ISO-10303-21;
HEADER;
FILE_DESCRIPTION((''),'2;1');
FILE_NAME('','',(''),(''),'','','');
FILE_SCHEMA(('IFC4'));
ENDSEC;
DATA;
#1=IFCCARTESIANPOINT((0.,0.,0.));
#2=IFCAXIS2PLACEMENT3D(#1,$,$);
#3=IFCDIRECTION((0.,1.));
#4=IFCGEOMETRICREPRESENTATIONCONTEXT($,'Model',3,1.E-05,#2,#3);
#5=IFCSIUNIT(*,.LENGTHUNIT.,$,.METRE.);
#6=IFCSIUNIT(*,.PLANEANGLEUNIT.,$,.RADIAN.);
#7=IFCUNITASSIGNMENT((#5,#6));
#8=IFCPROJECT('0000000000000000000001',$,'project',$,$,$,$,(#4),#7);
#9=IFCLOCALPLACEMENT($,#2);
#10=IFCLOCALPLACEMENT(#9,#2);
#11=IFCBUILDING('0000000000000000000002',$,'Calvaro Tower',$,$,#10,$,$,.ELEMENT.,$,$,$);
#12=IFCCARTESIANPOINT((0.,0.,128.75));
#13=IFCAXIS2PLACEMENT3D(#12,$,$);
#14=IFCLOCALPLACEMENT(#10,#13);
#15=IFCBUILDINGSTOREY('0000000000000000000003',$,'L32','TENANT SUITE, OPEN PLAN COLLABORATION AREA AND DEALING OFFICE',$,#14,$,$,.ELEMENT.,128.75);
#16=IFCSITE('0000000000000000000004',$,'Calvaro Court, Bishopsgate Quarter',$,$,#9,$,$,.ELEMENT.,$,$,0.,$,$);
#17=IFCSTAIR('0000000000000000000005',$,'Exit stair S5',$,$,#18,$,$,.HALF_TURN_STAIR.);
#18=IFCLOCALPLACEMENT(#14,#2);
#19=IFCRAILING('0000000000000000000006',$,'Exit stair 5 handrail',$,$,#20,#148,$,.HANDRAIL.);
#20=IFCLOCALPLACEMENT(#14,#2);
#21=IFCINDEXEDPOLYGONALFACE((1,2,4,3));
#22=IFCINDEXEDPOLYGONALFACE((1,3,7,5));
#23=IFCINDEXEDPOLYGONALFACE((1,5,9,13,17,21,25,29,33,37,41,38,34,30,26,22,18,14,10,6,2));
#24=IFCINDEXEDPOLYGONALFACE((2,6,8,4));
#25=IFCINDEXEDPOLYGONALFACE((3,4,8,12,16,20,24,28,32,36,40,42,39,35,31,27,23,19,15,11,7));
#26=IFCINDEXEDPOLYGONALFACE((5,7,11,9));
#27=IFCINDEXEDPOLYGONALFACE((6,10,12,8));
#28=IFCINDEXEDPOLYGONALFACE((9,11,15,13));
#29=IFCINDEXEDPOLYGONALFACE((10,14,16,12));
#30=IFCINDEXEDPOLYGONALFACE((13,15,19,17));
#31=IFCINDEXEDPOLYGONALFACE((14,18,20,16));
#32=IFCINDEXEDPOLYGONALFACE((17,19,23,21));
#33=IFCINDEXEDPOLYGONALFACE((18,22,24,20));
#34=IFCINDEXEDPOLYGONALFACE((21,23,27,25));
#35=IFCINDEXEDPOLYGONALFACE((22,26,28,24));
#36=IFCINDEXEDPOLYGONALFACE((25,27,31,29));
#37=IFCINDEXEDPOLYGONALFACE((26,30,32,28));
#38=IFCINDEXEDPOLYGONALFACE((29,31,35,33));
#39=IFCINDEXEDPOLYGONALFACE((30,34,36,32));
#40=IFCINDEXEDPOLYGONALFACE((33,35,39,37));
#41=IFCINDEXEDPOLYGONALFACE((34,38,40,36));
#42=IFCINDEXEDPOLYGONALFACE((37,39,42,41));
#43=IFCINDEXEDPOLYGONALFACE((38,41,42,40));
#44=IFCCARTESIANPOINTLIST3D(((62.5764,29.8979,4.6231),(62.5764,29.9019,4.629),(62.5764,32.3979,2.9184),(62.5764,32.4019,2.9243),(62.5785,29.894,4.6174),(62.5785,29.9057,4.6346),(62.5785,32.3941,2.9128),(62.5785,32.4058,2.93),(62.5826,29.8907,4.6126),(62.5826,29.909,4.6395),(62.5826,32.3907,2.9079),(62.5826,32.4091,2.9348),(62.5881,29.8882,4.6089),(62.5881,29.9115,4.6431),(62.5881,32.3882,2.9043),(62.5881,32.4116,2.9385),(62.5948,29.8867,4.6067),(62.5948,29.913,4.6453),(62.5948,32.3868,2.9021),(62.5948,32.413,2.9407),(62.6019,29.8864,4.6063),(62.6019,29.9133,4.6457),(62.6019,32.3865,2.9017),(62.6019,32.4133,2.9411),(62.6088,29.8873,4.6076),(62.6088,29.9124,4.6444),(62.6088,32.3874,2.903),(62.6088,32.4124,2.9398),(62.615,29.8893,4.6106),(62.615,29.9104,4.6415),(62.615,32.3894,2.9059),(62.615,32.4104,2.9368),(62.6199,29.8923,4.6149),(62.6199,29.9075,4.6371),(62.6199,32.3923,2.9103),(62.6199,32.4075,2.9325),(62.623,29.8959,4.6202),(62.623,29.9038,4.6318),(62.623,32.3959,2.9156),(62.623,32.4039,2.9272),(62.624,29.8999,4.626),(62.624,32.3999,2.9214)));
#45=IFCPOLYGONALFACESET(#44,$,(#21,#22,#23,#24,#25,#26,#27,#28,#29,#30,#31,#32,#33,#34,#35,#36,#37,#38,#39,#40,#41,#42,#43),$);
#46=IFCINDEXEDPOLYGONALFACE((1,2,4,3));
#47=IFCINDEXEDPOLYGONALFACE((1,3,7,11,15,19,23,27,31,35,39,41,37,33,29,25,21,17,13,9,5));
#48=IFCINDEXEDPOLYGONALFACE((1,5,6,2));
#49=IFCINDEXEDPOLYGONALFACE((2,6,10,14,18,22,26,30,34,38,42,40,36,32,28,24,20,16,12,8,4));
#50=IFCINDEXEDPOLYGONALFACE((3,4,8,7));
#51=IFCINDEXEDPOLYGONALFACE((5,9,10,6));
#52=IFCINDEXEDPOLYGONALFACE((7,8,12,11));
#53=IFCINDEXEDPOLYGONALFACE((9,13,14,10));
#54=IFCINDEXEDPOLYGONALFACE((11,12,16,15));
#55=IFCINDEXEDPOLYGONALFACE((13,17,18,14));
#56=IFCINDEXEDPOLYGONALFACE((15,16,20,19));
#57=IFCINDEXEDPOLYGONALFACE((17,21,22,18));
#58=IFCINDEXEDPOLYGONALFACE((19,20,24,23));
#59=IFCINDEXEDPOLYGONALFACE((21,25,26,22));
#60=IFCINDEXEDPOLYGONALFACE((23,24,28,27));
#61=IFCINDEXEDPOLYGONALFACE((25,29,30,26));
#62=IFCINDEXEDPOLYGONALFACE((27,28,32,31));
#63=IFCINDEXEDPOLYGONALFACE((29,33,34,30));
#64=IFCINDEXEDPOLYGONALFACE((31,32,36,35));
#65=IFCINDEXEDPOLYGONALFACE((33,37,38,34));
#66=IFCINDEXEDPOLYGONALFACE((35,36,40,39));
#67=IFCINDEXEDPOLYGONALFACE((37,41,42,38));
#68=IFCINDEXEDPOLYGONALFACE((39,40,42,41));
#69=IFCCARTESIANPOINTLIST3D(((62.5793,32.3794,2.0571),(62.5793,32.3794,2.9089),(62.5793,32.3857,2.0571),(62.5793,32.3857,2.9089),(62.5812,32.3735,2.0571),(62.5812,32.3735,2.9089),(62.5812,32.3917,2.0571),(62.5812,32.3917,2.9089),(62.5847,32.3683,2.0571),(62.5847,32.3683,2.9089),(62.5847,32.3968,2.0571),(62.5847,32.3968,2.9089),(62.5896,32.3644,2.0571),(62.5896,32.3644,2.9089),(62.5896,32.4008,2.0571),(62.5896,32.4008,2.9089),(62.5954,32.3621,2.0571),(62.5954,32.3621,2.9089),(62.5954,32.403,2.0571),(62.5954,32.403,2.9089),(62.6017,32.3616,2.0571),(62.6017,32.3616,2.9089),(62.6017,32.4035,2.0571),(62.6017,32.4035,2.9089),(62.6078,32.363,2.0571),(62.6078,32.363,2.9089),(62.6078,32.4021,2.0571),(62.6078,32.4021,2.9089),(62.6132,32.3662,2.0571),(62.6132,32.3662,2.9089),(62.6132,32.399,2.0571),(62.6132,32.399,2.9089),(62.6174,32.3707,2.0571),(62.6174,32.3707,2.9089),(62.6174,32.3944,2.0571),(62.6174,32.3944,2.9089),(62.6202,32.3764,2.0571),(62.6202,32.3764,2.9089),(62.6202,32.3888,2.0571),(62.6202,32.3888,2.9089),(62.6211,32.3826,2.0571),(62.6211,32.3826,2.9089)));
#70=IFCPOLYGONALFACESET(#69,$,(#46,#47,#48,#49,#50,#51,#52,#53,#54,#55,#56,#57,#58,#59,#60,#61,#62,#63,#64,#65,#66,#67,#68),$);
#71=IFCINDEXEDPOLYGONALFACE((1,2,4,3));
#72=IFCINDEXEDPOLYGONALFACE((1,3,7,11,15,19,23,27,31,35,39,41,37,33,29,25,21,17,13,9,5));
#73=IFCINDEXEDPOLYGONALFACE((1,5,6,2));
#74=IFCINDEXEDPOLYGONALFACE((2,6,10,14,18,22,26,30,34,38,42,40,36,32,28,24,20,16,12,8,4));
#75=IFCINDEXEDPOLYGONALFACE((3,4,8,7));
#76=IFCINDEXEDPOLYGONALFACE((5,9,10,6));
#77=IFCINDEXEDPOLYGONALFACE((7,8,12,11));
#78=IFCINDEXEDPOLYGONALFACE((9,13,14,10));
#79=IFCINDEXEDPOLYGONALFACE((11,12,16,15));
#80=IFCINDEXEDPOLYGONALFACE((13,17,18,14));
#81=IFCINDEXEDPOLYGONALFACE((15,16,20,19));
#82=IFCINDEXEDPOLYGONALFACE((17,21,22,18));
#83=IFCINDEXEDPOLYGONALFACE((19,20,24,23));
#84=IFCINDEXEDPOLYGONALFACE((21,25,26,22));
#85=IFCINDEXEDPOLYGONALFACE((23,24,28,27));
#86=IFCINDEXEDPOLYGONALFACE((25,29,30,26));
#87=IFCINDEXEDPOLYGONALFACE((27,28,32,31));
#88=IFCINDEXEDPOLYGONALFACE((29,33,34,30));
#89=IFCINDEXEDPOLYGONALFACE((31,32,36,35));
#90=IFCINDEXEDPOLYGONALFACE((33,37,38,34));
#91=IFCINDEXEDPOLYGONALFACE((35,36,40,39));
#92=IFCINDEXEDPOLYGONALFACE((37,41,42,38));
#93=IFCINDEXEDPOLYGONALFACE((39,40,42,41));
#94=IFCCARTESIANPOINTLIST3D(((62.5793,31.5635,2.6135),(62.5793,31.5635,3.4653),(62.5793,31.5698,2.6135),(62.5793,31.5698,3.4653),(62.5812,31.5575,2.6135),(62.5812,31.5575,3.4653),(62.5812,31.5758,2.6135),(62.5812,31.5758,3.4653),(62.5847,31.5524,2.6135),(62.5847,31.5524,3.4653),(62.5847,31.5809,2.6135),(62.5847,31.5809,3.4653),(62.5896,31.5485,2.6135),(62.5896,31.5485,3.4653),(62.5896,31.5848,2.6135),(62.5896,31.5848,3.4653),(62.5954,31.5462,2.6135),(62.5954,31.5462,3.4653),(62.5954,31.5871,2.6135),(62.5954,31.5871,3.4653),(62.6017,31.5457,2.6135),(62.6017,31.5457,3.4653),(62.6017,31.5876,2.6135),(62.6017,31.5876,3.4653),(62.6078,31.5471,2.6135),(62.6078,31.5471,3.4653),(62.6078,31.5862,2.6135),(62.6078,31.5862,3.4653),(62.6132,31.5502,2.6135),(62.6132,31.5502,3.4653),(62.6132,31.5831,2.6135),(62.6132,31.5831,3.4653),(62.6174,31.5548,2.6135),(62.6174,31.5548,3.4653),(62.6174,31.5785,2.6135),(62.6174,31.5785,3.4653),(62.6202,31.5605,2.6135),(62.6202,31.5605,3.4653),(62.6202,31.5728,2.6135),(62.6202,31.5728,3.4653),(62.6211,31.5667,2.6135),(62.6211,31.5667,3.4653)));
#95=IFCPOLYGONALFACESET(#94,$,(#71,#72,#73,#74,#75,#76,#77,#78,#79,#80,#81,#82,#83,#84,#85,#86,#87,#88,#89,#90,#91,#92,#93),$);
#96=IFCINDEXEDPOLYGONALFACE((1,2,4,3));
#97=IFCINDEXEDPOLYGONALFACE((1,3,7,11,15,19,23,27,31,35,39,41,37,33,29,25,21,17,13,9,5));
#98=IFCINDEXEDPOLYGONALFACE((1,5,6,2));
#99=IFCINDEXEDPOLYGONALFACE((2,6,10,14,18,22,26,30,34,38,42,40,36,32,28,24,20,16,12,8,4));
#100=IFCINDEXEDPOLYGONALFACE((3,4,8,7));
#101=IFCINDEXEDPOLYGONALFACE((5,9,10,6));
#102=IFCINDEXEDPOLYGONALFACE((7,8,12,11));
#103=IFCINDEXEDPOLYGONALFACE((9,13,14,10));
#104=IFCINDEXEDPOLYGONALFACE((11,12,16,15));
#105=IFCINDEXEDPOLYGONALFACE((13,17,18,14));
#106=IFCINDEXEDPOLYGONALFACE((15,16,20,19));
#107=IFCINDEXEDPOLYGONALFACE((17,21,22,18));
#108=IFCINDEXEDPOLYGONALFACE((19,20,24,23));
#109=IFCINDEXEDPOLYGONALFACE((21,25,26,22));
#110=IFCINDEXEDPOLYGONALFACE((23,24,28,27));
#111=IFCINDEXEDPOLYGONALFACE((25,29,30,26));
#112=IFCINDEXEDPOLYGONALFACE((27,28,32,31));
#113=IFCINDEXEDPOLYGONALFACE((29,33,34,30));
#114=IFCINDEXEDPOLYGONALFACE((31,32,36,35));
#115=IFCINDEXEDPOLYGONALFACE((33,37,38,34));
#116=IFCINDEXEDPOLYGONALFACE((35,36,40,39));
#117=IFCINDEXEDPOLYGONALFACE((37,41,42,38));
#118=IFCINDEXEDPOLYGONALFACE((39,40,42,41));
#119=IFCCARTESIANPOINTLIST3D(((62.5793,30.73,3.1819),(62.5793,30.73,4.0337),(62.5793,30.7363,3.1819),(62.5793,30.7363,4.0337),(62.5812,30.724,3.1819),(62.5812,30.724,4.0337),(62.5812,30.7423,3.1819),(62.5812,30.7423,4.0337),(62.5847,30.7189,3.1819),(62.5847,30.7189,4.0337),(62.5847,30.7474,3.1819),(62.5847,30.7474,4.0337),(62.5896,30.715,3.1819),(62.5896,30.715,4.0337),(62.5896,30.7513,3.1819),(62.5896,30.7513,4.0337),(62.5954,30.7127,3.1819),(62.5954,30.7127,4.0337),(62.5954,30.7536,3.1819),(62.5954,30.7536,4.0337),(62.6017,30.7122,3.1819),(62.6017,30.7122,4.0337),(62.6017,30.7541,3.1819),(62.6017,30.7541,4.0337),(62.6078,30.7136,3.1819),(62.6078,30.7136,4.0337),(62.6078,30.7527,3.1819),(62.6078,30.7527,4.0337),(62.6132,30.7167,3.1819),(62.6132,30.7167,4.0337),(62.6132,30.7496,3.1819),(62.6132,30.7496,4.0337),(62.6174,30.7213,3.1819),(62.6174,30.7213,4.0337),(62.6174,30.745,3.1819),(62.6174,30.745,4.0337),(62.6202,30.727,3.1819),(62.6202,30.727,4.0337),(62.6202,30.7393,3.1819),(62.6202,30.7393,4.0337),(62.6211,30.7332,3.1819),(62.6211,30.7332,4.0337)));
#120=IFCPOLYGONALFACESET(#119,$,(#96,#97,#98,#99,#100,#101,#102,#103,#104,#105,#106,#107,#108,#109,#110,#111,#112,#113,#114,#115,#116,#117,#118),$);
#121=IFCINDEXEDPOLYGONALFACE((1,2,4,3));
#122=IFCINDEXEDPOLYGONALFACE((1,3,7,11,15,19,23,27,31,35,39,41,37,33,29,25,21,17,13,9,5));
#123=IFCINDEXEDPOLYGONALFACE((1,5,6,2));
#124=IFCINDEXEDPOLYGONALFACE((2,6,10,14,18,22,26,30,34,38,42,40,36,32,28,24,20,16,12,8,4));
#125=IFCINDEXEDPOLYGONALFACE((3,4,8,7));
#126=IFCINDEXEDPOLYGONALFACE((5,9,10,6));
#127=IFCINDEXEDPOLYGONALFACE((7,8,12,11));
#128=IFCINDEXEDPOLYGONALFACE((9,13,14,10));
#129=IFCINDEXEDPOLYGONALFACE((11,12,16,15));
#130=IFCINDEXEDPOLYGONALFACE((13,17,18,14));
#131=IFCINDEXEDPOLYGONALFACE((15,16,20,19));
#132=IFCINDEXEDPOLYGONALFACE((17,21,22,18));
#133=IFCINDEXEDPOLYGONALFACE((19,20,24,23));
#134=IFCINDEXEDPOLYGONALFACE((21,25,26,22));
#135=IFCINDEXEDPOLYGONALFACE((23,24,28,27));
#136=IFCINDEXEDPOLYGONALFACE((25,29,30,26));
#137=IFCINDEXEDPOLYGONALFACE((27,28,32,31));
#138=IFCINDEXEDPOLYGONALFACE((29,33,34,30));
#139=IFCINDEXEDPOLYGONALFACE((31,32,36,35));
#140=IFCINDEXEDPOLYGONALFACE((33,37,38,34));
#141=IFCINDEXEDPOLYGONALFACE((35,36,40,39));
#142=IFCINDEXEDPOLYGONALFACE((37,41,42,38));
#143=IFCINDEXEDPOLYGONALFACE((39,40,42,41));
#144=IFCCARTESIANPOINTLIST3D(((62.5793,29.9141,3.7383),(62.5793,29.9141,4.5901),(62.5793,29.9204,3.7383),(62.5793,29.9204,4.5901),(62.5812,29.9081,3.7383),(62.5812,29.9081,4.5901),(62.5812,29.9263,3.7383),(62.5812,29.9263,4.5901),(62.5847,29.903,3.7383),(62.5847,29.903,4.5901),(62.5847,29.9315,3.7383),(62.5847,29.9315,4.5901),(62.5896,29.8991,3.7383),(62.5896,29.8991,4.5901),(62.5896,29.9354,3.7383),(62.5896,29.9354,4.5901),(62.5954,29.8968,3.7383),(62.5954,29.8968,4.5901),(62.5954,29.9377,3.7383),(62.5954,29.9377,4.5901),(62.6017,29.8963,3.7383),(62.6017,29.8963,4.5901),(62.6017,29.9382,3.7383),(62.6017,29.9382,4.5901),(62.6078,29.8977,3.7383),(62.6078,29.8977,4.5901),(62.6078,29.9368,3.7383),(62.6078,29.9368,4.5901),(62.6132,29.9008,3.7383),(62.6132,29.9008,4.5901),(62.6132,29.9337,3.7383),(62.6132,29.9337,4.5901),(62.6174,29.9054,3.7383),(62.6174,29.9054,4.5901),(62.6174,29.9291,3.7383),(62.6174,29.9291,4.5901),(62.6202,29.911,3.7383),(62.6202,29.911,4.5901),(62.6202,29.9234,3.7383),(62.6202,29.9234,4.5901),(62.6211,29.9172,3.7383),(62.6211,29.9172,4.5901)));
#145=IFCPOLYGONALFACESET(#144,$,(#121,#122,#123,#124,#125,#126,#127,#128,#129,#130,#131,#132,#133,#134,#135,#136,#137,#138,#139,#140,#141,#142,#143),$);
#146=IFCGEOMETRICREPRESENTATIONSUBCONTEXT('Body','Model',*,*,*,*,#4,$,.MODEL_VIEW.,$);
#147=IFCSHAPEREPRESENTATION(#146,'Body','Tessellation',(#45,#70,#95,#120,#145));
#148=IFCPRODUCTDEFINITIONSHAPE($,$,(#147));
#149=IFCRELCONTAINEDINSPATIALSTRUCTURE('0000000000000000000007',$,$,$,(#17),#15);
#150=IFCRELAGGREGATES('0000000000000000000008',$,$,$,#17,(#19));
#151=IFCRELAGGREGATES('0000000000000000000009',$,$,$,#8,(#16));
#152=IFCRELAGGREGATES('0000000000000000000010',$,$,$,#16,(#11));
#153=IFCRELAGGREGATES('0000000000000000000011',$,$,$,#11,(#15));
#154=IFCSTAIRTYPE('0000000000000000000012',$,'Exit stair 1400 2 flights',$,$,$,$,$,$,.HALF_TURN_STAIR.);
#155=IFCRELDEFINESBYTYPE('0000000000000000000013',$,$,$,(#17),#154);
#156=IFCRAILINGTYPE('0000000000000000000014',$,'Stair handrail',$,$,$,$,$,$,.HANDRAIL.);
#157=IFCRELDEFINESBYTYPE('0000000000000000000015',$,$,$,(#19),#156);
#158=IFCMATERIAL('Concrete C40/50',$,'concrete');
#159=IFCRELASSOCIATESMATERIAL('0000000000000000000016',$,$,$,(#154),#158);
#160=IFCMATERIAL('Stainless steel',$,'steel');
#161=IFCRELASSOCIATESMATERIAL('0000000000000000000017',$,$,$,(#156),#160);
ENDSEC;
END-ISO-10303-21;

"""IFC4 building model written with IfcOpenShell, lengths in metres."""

from ifc_helpers import new_model, si_unit, direction, frame, origin, origin_2d, place, context, subcontext, project, spatial, circle, extrude, material, type_object, element, aggregate, save


model = new_model("IFC4")

# Units and contexts
model_context = context("Model", 3, precision=1e-05, world=origin(), true_north=direction((0.0, 1.0)))
body_context = subcontext(model_context, "Body", "Model", "MODEL_VIEW")
ifc_project = project(units=[si_unit("LENGTHUNIT", "METRE"), si_unit("PLANEANGLEUNIT", "RADIAN")], contexts=[model_context])

# Site, building, storey
site_placement = place(None, origin())
site = spatial("IfcSite", under=ifc_project, at=site_placement, Name="Calvaro Court, Bishopsgate Quarter", CompositionType="ELEMENT", RefElevation=0.0)
building_placement = place(site_placement, origin())
building = spatial("IfcBuilding", under=site, at=building_placement, Name="Calvaro Tower", CompositionType="ELEMENT")
storey_placement = place(building_placement, frame((0.0, 0.0, 128.75)))
storey = spatial("IfcBuildingStorey", under=building, at=storey_placement, Name="L32", Description="TENANT SUITE, OPEN PLAN COLLABORATION AREA AND DEALING OFFICE", CompositionType="ELEMENT", Elevation=128.75)

# Stair, railing
ifc_material_1 = material(Name="Concrete C40/50", Category="concrete")
stair_type = type_object("IfcStairType", Name="Exit stair 1400 2 flights", PredefinedType="HALF_TURN_STAIR", material=ifc_material_1)
stair_placement = place(storey_placement, origin())
stair = element("IfcStair", 1, at=stair_placement, inside=storey, type_object=stair_type, Name="Exit stair S5", PredefinedType="HALF_TURN_STAIR")
ifc_material_2 = material(Name="Stainless steel", Category="steel")
railing_type = type_object("IfcRailingType", Name="Stair handrail", PredefinedType="HANDRAIL", material=ifc_material_2)
railing_1_placement = place(storey_placement, frame((62.6001, 32.3999, 2.0454)))
railing_1 = element("IfcRailing", 2, at=railing_1_placement, type_object=railing_type, Name="Exit stair 5 handrail", PredefinedType="HANDRAIL", context=body_context, shape_type="SweptSolid", body=[
    extrude(circle(Radius=0.0239, at=origin_2d()), frame((0.0, 0.0, 0.876), z_axis=(0.0, -0.826221, 0.563347), x_axis=(1.0, 0.0, 0.0)), (0.0, 0.0, 1.0), 3.0259),
    extrude(circle(Radius=0.021, at=origin_2d()), frame((0.0, -0.0173, 0.0117)), (0.0, 0.0, 1.0), 0.8518),
    extrude(circle(Radius=0.021, at=origin_2d()), frame((0.0, -0.8333, 0.5681)), (0.0, 0.0, 1.0), 0.8518),
    extrude(circle(Radius=0.021, at=origin_2d()), frame((0.0, -1.6667, 1.1365)), (0.0, 0.0, 1.0), 0.8518),
    extrude(circle(Radius=0.021, at=origin_2d()), frame((0.0, -2.4827, 1.6929)), (0.0, 0.0, 1.0), 0.8518),
])
aggregate(stair, [railing_1])

save(model, "model.ifc")
